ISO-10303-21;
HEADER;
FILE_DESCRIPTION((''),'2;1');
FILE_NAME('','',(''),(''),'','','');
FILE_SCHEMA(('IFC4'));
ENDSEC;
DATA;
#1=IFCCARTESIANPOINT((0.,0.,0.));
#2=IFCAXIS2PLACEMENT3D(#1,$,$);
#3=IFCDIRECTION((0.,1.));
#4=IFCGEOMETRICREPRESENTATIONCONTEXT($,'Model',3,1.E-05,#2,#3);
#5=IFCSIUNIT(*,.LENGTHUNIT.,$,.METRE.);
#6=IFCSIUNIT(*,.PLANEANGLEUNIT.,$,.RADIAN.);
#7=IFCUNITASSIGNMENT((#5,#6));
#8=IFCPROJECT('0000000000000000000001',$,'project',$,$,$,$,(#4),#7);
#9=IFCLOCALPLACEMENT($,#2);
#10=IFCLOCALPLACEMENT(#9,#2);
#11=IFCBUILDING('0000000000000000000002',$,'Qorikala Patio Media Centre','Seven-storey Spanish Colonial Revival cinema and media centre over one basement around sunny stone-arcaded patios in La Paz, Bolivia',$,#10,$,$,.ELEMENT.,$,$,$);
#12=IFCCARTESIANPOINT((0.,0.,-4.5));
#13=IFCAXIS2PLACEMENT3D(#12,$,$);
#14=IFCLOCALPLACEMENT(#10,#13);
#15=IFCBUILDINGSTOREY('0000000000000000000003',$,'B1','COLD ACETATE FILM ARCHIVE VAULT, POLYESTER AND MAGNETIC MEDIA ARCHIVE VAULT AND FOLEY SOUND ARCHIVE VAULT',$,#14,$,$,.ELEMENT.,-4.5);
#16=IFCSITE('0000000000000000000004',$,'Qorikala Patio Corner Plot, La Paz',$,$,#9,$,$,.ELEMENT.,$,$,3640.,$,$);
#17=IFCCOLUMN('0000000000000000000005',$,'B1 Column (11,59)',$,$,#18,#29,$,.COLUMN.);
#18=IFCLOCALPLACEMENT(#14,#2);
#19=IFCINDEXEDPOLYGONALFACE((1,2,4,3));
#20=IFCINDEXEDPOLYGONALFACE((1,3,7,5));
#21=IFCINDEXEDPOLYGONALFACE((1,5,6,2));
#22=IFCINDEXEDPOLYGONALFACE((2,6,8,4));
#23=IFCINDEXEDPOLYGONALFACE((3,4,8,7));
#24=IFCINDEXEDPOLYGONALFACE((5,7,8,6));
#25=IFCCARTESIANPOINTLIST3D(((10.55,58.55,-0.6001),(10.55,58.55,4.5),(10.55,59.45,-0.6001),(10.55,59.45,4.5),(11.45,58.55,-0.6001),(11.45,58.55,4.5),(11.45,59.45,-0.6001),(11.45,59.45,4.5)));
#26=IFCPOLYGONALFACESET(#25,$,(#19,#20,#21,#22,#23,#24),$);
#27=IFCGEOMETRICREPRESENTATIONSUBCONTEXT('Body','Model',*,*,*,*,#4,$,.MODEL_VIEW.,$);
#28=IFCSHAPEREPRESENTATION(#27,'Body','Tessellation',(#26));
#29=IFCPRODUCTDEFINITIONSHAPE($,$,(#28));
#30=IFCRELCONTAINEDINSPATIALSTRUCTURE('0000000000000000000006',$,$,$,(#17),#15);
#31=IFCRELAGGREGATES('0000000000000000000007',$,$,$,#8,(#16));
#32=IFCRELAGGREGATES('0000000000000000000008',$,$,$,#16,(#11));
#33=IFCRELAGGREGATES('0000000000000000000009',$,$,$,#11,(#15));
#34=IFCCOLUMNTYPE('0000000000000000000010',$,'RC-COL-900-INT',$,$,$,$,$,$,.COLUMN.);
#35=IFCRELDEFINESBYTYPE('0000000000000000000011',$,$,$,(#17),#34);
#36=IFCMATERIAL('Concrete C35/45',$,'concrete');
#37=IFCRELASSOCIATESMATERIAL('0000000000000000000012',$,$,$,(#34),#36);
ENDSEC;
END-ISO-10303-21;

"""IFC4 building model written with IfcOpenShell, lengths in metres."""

from ifc_helpers import new_model, si_unit, direction, frame, origin, origin_2d, place, context, subcontext, project, spatial, rectangle, extrude, material, material_profile, profile_set, type_object, element, save


model = new_model("IFC4")

# Units and contexts
model_context = context("Model", 3, precision=1e-05, world=origin(), true_north=direction((0.0, 1.0)))
body_context = subcontext(model_context, "Body", "Model", "MODEL_VIEW")
ifc_project = project(units=[si_unit("LENGTHUNIT", "METRE"), si_unit("PLANEANGLEUNIT", "RADIAN")], contexts=[model_context])

# Site, building, storey
site_placement = place(None, origin())
site = spatial("IfcSite", under=ifc_project, at=site_placement, Name="Qorikala Patio Corner Plot, La Paz", CompositionType="ELEMENT", RefElevation=3640.0)
building_placement = place(site_placement, origin())
building = spatial("IfcBuilding", under=site, at=building_placement, Name="Qorikala Patio Media Centre", Description="Seven-storey Spanish Colonial Revival cinema and media centre over one basement around sunny stone-arcaded patios in La Paz, Bolivia", CompositionType="ELEMENT")
storey_placement = place(building_placement, frame((0.0, 0.0, -4.5)))
storey = spatial("IfcBuildingStorey", under=building, at=storey_placement, Name="B1", Description="COLD ACETATE FILM ARCHIVE VAULT, POLYESTER AND MAGNETIC MEDIA ARCHIVE VAULT AND FOLEY SOUND ARCHIVE VAULT", CompositionType="ELEMENT", Elevation=-4.5)

# Column
ifc_material_1 = material(Name="Concrete C35/45", Category="concrete")
ifc_material_profile_1 = material_profile(ifc_material_1, rectangle(XDim=0.8999, YDim=0.8999, at=origin_2d()), Name="RC 900x900")
ifc_profile_set_1 = profile_set([ifc_material_profile_1], Name="Concrete C35/45")
column_type_1 = type_object("IfcColumnType", Name="RC-COL-900-INT", PredefinedType="COLUMN", material=ifc_profile_set_1)
column_placement = place(storey_placement, frame((11.0, 59.0, -0.6001), z_axis=(0.0, 0.0, 1.0), x_axis=(1.0, 0.0, 0.0)))
element("IfcColumn", 1, at=column_placement, inside=storey, type_object=column_type_1, Name="B1 Column (11,59)", PredefinedType="COLUMN", context=body_context, shape_type="SweptSolid", body=[
    extrude(rectangle(XDim=0.8999, YDim=0.8999, at=origin_2d()), origin(), (0.0, 0.0, 1.0), 5.1001),
])

save(model, "model.ifc")
